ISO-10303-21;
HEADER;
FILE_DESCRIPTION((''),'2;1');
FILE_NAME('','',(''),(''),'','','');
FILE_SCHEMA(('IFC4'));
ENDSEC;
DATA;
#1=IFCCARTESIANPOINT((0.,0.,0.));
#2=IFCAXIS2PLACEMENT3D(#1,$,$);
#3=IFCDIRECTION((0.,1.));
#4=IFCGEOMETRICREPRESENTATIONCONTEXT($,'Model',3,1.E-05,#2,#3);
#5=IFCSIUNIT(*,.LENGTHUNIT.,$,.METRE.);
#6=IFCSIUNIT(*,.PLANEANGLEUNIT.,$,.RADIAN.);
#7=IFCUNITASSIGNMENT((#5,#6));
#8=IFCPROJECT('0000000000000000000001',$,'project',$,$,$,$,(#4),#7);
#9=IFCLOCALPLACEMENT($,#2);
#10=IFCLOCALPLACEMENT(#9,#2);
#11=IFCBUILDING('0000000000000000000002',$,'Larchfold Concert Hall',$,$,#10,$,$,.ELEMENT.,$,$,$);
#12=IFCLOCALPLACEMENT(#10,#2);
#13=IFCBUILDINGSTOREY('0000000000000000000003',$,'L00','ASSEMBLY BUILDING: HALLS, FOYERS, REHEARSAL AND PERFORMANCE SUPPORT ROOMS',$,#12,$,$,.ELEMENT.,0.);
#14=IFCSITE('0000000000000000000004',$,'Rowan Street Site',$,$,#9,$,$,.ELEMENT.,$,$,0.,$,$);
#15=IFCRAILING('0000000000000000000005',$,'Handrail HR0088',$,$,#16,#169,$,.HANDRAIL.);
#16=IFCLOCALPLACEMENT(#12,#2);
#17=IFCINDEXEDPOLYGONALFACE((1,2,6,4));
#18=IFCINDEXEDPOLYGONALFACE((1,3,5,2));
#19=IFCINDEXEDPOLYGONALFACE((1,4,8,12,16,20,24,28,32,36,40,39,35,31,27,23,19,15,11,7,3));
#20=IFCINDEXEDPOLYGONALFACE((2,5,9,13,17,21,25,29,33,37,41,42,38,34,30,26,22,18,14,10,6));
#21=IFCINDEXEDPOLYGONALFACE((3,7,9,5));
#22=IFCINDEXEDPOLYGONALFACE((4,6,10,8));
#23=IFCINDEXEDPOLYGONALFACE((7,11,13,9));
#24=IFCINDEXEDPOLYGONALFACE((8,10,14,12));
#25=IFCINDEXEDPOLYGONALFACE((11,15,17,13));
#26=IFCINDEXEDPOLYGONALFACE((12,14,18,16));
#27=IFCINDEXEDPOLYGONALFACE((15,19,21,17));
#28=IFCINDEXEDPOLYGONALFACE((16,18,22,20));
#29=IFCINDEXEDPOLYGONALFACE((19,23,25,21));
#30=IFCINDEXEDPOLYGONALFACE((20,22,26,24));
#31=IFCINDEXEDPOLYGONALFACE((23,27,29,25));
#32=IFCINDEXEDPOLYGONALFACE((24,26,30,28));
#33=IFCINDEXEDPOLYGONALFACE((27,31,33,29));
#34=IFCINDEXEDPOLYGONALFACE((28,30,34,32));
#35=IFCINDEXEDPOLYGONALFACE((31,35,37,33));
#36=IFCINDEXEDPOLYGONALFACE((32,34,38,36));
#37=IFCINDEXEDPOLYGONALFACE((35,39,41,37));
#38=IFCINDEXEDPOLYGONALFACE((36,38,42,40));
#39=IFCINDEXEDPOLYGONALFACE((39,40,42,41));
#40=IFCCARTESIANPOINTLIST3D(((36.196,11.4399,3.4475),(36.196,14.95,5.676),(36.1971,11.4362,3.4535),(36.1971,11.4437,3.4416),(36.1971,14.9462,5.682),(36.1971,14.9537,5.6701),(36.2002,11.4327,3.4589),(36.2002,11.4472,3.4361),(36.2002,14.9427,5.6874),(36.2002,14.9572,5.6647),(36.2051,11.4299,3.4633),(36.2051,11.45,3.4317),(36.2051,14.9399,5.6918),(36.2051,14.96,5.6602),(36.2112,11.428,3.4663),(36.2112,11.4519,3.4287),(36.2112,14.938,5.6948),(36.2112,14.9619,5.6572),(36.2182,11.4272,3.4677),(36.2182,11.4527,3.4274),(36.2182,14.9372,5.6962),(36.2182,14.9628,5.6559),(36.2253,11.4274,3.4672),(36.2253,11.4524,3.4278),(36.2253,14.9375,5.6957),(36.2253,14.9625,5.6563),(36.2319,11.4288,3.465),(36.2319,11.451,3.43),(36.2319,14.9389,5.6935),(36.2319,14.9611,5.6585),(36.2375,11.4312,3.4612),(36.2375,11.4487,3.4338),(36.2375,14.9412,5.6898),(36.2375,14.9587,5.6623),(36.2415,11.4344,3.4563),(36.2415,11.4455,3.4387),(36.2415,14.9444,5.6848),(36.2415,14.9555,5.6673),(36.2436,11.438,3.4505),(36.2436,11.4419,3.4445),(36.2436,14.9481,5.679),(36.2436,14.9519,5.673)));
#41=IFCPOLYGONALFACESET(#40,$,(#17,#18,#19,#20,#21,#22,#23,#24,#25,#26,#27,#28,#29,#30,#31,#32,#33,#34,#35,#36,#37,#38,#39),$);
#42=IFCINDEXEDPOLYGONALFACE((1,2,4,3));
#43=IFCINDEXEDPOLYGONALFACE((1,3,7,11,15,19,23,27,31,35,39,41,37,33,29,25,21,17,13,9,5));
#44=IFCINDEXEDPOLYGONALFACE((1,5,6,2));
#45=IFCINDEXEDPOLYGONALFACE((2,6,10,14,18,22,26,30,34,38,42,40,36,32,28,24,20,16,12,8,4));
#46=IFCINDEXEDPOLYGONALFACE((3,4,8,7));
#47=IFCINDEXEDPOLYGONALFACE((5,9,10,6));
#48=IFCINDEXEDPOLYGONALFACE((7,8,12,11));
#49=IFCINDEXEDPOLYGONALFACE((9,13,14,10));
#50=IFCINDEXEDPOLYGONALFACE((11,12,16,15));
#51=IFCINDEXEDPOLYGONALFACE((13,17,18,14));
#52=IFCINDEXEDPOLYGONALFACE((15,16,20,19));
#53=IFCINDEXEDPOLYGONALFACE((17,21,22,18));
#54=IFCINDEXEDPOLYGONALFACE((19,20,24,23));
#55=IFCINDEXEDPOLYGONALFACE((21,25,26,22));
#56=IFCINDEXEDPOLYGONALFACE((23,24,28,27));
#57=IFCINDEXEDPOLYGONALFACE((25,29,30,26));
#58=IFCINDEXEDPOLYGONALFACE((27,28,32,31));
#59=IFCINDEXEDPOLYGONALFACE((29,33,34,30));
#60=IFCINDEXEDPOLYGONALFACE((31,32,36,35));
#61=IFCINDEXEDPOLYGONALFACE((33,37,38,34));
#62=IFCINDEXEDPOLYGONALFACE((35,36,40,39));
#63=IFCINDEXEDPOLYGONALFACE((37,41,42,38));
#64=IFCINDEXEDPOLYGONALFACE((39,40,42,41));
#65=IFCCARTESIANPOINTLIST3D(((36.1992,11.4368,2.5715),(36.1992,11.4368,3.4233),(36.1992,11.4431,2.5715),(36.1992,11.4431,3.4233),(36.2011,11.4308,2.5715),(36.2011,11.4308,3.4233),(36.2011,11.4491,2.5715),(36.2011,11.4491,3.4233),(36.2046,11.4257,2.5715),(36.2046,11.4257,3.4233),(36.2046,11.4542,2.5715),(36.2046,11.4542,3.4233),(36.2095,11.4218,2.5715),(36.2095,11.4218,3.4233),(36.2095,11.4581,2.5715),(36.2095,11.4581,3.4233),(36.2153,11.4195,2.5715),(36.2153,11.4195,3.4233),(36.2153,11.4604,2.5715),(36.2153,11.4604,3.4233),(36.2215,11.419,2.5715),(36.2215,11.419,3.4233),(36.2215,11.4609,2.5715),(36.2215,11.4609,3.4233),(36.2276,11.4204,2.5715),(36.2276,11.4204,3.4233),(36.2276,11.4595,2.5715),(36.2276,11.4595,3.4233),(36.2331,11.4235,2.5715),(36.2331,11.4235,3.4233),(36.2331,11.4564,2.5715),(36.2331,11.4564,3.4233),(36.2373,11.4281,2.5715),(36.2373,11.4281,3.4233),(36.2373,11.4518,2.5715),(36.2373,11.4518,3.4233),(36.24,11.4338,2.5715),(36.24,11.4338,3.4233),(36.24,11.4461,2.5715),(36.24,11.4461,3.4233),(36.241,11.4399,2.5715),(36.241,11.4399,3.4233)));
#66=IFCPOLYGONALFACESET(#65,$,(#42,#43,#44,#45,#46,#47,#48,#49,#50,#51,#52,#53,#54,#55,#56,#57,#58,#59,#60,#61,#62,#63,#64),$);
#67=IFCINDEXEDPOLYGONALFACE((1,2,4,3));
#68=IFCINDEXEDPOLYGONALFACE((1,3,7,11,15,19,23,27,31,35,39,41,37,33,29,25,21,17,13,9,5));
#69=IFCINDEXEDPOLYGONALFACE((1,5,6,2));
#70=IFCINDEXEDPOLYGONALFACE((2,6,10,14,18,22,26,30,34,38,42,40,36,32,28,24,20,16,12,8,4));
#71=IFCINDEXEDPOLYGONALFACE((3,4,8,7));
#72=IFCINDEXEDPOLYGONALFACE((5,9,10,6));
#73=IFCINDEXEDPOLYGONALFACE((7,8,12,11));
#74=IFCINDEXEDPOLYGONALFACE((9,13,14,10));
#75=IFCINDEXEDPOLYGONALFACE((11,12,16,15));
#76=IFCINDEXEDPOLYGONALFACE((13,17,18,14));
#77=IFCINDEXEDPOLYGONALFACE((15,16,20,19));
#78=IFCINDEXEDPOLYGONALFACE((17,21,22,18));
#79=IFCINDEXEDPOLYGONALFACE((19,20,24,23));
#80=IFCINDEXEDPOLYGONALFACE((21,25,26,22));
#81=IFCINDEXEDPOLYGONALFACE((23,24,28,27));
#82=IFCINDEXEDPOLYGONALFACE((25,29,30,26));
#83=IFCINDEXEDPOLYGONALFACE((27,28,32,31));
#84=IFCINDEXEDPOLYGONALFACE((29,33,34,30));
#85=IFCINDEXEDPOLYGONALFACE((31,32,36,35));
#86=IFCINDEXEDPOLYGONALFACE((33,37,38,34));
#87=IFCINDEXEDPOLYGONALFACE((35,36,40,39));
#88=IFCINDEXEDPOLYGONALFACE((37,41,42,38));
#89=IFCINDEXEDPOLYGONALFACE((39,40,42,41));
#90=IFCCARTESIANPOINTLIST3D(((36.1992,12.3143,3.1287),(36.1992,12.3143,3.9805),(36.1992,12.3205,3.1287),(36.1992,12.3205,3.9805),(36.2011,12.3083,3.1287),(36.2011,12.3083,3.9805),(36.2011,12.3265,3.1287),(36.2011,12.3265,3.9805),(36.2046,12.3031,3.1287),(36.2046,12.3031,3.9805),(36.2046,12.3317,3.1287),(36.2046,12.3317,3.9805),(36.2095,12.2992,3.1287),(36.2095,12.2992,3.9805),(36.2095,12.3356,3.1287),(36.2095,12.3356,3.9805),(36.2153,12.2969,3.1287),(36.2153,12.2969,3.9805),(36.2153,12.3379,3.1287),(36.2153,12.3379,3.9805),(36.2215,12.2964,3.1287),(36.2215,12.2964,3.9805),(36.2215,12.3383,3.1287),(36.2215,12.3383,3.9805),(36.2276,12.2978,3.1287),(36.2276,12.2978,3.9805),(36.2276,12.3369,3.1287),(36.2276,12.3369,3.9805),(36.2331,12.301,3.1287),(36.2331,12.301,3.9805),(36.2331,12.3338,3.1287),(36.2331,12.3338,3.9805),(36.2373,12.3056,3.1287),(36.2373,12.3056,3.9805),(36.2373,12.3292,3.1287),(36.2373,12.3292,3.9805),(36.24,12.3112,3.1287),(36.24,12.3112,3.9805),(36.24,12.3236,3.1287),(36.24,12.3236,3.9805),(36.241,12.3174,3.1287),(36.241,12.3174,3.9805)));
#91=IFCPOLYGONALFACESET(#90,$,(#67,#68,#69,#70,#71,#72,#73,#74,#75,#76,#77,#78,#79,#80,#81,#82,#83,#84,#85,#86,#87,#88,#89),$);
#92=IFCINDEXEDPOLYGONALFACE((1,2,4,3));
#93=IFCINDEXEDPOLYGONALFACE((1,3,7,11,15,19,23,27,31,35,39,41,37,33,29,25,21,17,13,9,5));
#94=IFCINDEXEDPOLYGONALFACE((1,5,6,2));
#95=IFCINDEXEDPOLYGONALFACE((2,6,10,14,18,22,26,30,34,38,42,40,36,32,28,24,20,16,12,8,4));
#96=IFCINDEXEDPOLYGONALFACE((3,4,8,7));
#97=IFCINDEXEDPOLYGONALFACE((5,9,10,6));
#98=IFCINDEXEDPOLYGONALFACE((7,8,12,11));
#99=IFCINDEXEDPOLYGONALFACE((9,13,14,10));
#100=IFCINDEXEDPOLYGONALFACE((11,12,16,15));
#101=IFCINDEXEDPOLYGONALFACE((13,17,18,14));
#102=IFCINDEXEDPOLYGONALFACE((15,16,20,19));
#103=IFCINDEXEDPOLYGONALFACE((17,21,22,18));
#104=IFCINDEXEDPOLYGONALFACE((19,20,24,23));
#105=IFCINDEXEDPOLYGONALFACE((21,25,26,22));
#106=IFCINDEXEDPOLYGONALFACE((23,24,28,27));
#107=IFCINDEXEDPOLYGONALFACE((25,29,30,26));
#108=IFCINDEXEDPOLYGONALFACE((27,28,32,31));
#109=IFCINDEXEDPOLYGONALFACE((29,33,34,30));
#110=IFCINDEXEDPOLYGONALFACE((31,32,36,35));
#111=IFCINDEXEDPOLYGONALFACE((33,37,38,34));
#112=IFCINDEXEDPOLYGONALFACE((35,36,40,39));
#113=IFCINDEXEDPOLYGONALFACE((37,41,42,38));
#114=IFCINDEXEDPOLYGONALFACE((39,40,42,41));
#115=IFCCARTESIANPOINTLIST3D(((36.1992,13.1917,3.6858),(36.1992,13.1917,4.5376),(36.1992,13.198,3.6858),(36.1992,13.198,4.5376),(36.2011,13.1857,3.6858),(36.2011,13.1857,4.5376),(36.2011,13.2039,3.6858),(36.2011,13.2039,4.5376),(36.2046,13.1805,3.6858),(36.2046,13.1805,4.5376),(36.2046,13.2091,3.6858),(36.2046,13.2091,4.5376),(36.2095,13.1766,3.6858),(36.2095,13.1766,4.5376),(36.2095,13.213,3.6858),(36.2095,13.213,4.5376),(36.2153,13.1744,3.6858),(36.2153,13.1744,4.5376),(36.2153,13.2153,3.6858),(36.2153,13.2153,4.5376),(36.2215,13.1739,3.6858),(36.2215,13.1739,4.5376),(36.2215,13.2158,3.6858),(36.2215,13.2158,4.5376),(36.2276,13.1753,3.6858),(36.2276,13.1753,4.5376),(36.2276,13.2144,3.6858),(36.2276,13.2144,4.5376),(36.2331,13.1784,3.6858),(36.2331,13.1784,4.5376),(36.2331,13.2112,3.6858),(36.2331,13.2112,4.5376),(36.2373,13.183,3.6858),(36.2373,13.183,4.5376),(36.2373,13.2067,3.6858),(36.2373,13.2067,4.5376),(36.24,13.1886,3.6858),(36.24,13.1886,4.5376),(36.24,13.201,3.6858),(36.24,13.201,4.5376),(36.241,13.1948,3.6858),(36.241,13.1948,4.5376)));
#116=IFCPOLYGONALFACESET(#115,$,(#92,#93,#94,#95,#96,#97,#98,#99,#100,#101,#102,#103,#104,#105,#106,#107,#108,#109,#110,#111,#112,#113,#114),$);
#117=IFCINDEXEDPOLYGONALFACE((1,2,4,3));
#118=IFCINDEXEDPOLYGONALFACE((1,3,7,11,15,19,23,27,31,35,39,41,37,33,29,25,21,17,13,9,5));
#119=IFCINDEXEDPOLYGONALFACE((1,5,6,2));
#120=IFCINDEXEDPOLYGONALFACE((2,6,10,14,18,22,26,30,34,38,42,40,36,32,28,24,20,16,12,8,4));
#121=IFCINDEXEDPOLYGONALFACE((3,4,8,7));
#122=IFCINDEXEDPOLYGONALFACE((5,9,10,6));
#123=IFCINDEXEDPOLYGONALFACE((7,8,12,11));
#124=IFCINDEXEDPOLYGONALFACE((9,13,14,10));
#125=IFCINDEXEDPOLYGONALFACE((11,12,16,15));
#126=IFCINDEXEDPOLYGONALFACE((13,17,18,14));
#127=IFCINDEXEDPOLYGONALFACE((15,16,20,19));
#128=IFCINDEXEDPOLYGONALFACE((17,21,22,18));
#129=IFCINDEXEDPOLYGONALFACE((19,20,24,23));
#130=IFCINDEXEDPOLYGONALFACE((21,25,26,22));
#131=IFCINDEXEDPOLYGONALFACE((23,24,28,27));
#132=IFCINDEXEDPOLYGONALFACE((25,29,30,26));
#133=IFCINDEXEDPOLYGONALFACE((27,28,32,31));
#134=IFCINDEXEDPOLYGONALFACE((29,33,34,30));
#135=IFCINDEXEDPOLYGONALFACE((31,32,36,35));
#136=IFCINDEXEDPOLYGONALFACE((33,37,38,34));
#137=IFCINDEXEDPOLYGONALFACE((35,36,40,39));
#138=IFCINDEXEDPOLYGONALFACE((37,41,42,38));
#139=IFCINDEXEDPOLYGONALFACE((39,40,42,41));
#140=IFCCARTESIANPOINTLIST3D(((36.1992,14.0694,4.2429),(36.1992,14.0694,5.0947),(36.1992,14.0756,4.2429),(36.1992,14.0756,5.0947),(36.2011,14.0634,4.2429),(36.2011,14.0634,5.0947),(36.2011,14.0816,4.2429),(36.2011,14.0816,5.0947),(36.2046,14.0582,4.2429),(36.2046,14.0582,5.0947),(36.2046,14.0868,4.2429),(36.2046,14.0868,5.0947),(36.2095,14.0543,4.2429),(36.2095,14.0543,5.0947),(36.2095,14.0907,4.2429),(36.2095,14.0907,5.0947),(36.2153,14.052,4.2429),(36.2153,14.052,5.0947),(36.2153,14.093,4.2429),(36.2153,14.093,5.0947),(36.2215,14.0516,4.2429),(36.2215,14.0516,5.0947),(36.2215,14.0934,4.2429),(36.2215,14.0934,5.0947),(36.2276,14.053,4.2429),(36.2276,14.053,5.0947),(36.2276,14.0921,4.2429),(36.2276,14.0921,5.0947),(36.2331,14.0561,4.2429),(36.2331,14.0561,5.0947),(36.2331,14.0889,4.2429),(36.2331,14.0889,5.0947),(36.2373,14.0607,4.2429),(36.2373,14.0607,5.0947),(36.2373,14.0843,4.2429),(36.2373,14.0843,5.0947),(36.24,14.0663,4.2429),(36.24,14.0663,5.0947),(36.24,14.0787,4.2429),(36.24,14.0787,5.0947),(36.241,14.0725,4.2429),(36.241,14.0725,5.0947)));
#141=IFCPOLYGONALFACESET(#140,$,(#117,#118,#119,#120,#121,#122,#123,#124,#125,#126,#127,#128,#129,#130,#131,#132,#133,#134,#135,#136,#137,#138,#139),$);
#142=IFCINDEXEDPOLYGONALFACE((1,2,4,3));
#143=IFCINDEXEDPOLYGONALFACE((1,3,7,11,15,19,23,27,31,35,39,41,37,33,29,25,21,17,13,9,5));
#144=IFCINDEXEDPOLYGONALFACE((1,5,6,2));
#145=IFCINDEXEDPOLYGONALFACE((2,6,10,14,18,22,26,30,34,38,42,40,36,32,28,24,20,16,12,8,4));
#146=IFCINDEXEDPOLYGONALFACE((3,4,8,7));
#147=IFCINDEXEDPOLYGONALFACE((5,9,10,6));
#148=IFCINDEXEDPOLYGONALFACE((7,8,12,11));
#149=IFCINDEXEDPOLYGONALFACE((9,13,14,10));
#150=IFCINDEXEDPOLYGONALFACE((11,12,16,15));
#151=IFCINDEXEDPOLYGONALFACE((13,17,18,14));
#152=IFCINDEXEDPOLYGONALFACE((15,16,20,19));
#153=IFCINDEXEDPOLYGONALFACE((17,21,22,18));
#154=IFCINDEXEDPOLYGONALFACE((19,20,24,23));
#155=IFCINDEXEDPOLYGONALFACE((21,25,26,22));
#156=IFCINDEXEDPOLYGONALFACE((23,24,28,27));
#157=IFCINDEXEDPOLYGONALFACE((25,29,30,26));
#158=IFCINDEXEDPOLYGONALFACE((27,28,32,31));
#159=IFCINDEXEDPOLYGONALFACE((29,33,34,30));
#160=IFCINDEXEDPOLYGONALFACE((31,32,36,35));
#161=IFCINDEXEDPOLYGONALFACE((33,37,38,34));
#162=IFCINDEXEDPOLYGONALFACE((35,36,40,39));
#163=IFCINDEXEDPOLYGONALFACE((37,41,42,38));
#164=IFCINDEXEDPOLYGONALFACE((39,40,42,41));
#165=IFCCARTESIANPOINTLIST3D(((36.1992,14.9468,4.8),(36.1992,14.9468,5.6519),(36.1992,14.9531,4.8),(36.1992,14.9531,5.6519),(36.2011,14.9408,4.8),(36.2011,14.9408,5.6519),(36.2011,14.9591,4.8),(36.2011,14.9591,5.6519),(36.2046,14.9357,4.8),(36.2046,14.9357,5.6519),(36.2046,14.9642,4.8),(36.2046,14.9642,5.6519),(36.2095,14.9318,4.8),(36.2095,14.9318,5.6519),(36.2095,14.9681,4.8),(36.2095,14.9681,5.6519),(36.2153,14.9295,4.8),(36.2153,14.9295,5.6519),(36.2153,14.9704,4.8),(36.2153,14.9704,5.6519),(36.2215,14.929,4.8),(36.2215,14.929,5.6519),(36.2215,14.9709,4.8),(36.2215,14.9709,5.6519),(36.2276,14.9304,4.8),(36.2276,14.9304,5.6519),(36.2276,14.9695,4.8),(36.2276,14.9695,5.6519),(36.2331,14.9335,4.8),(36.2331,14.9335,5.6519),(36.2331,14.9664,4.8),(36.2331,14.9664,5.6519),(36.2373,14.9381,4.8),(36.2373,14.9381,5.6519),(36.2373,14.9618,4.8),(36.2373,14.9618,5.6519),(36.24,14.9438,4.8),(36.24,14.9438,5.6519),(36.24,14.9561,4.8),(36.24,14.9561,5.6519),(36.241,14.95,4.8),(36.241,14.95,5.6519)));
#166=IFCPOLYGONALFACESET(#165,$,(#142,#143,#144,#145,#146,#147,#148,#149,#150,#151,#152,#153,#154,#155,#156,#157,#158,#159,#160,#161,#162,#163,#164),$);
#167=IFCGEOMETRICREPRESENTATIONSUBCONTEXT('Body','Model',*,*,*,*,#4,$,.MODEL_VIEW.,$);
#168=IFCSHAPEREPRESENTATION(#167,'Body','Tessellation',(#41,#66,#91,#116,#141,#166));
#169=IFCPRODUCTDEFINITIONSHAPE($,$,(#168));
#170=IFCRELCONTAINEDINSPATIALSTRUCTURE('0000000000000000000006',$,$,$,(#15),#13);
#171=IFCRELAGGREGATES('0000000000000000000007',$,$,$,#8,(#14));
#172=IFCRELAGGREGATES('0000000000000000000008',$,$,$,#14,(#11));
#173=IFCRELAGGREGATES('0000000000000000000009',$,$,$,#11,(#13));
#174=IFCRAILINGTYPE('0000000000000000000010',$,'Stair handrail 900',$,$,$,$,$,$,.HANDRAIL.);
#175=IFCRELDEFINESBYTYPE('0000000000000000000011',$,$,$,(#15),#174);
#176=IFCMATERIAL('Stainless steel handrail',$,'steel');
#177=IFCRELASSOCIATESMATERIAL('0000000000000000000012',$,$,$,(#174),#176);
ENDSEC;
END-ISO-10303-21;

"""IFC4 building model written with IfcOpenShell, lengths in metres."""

from ifc_helpers import new_model, si_unit, direction, frame, origin, origin_2d, place, context, subcontext, project, spatial, circle, extrude, material, type_object, element, save


model = new_model("IFC4")

# Units and contexts
model_context = context("Model", 3, precision=1e-05, world=origin(), true_north=direction((0.0, 1.0)))
body_context = subcontext(model_context, "Body", "Model", "MODEL_VIEW")
ifc_project = project(units=[si_unit("LENGTHUNIT", "METRE"), si_unit("PLANEANGLEUNIT", "RADIAN")], contexts=[model_context])

# Site, building, storey
site_placement = place(None, origin())
site = spatial("IfcSite", under=ifc_project, at=site_placement, Name="Rowan Street Site", CompositionType="ELEMENT", RefElevation=0.0)
building_placement = place(site_placement, origin())
building = spatial("IfcBuilding", under=site, at=building_placement, Name="Larchfold Concert Hall", CompositionType="ELEMENT")
storey_placement = place(building_placement, origin())
storey = spatial("IfcBuildingStorey", under=building, at=storey_placement, Name="L00", Description="ASSEMBLY BUILDING: HALLS, FOYERS, REHEARSAL AND PERFORMANCE SUPPORT ROOMS", CompositionType="ELEMENT", Elevation=0.0)

# Railing
ifc_material_1 = material(Name="Stainless steel handrail", Category="steel")
railing_type_1 = type_object("IfcRailingType", Name="Stair handrail 900", PredefinedType="HANDRAIL", material=ifc_material_1)
railing_1_placement = place(storey_placement, frame((36.22, 11.4399, 2.5715)))
element("IfcRailing", 1, at=railing_1_placement, inside=storey, type_object=railing_type_1, Name="Handrail HR0088", PredefinedType="HANDRAIL", context=body_context, shape_type="SweptSolid", body=[
    extrude(circle(Radius=0.0239, at=origin_2d()), frame((0.0, 0.0, 0.876), z_axis=(0.0, 0.84422, 0.535998), x_axis=(-1.0, 0.0, 0.0)), (0.0, 0.0, 1.0), 4.1577),
    extrude(circle(Radius=0.021, at=origin_2d()), origin(), (0.0, 0.0, 1.0), 0.8518),
    extrude(circle(Radius=0.021, at=origin_2d()), frame((0.0, 0.8774, 0.5571)), (0.0, 0.0, 1.0), 0.8518),
    extrude(circle(Radius=0.021, at=origin_2d()), frame((0.0, 1.7549, 1.1143)), (0.0, 0.0, 1.0), 0.8518),
    extrude(circle(Radius=0.021, at=origin_2d()), frame((0.0, 2.6326, 1.6714)), (0.0, 0.0, 1.0), 0.8518),
    extrude(circle(Radius=0.021, at=origin_2d()), frame((0.0, 3.51, 2.2285)), (0.0, 0.0, 1.0), 0.8518),
])

save(model, "model.ifc")
